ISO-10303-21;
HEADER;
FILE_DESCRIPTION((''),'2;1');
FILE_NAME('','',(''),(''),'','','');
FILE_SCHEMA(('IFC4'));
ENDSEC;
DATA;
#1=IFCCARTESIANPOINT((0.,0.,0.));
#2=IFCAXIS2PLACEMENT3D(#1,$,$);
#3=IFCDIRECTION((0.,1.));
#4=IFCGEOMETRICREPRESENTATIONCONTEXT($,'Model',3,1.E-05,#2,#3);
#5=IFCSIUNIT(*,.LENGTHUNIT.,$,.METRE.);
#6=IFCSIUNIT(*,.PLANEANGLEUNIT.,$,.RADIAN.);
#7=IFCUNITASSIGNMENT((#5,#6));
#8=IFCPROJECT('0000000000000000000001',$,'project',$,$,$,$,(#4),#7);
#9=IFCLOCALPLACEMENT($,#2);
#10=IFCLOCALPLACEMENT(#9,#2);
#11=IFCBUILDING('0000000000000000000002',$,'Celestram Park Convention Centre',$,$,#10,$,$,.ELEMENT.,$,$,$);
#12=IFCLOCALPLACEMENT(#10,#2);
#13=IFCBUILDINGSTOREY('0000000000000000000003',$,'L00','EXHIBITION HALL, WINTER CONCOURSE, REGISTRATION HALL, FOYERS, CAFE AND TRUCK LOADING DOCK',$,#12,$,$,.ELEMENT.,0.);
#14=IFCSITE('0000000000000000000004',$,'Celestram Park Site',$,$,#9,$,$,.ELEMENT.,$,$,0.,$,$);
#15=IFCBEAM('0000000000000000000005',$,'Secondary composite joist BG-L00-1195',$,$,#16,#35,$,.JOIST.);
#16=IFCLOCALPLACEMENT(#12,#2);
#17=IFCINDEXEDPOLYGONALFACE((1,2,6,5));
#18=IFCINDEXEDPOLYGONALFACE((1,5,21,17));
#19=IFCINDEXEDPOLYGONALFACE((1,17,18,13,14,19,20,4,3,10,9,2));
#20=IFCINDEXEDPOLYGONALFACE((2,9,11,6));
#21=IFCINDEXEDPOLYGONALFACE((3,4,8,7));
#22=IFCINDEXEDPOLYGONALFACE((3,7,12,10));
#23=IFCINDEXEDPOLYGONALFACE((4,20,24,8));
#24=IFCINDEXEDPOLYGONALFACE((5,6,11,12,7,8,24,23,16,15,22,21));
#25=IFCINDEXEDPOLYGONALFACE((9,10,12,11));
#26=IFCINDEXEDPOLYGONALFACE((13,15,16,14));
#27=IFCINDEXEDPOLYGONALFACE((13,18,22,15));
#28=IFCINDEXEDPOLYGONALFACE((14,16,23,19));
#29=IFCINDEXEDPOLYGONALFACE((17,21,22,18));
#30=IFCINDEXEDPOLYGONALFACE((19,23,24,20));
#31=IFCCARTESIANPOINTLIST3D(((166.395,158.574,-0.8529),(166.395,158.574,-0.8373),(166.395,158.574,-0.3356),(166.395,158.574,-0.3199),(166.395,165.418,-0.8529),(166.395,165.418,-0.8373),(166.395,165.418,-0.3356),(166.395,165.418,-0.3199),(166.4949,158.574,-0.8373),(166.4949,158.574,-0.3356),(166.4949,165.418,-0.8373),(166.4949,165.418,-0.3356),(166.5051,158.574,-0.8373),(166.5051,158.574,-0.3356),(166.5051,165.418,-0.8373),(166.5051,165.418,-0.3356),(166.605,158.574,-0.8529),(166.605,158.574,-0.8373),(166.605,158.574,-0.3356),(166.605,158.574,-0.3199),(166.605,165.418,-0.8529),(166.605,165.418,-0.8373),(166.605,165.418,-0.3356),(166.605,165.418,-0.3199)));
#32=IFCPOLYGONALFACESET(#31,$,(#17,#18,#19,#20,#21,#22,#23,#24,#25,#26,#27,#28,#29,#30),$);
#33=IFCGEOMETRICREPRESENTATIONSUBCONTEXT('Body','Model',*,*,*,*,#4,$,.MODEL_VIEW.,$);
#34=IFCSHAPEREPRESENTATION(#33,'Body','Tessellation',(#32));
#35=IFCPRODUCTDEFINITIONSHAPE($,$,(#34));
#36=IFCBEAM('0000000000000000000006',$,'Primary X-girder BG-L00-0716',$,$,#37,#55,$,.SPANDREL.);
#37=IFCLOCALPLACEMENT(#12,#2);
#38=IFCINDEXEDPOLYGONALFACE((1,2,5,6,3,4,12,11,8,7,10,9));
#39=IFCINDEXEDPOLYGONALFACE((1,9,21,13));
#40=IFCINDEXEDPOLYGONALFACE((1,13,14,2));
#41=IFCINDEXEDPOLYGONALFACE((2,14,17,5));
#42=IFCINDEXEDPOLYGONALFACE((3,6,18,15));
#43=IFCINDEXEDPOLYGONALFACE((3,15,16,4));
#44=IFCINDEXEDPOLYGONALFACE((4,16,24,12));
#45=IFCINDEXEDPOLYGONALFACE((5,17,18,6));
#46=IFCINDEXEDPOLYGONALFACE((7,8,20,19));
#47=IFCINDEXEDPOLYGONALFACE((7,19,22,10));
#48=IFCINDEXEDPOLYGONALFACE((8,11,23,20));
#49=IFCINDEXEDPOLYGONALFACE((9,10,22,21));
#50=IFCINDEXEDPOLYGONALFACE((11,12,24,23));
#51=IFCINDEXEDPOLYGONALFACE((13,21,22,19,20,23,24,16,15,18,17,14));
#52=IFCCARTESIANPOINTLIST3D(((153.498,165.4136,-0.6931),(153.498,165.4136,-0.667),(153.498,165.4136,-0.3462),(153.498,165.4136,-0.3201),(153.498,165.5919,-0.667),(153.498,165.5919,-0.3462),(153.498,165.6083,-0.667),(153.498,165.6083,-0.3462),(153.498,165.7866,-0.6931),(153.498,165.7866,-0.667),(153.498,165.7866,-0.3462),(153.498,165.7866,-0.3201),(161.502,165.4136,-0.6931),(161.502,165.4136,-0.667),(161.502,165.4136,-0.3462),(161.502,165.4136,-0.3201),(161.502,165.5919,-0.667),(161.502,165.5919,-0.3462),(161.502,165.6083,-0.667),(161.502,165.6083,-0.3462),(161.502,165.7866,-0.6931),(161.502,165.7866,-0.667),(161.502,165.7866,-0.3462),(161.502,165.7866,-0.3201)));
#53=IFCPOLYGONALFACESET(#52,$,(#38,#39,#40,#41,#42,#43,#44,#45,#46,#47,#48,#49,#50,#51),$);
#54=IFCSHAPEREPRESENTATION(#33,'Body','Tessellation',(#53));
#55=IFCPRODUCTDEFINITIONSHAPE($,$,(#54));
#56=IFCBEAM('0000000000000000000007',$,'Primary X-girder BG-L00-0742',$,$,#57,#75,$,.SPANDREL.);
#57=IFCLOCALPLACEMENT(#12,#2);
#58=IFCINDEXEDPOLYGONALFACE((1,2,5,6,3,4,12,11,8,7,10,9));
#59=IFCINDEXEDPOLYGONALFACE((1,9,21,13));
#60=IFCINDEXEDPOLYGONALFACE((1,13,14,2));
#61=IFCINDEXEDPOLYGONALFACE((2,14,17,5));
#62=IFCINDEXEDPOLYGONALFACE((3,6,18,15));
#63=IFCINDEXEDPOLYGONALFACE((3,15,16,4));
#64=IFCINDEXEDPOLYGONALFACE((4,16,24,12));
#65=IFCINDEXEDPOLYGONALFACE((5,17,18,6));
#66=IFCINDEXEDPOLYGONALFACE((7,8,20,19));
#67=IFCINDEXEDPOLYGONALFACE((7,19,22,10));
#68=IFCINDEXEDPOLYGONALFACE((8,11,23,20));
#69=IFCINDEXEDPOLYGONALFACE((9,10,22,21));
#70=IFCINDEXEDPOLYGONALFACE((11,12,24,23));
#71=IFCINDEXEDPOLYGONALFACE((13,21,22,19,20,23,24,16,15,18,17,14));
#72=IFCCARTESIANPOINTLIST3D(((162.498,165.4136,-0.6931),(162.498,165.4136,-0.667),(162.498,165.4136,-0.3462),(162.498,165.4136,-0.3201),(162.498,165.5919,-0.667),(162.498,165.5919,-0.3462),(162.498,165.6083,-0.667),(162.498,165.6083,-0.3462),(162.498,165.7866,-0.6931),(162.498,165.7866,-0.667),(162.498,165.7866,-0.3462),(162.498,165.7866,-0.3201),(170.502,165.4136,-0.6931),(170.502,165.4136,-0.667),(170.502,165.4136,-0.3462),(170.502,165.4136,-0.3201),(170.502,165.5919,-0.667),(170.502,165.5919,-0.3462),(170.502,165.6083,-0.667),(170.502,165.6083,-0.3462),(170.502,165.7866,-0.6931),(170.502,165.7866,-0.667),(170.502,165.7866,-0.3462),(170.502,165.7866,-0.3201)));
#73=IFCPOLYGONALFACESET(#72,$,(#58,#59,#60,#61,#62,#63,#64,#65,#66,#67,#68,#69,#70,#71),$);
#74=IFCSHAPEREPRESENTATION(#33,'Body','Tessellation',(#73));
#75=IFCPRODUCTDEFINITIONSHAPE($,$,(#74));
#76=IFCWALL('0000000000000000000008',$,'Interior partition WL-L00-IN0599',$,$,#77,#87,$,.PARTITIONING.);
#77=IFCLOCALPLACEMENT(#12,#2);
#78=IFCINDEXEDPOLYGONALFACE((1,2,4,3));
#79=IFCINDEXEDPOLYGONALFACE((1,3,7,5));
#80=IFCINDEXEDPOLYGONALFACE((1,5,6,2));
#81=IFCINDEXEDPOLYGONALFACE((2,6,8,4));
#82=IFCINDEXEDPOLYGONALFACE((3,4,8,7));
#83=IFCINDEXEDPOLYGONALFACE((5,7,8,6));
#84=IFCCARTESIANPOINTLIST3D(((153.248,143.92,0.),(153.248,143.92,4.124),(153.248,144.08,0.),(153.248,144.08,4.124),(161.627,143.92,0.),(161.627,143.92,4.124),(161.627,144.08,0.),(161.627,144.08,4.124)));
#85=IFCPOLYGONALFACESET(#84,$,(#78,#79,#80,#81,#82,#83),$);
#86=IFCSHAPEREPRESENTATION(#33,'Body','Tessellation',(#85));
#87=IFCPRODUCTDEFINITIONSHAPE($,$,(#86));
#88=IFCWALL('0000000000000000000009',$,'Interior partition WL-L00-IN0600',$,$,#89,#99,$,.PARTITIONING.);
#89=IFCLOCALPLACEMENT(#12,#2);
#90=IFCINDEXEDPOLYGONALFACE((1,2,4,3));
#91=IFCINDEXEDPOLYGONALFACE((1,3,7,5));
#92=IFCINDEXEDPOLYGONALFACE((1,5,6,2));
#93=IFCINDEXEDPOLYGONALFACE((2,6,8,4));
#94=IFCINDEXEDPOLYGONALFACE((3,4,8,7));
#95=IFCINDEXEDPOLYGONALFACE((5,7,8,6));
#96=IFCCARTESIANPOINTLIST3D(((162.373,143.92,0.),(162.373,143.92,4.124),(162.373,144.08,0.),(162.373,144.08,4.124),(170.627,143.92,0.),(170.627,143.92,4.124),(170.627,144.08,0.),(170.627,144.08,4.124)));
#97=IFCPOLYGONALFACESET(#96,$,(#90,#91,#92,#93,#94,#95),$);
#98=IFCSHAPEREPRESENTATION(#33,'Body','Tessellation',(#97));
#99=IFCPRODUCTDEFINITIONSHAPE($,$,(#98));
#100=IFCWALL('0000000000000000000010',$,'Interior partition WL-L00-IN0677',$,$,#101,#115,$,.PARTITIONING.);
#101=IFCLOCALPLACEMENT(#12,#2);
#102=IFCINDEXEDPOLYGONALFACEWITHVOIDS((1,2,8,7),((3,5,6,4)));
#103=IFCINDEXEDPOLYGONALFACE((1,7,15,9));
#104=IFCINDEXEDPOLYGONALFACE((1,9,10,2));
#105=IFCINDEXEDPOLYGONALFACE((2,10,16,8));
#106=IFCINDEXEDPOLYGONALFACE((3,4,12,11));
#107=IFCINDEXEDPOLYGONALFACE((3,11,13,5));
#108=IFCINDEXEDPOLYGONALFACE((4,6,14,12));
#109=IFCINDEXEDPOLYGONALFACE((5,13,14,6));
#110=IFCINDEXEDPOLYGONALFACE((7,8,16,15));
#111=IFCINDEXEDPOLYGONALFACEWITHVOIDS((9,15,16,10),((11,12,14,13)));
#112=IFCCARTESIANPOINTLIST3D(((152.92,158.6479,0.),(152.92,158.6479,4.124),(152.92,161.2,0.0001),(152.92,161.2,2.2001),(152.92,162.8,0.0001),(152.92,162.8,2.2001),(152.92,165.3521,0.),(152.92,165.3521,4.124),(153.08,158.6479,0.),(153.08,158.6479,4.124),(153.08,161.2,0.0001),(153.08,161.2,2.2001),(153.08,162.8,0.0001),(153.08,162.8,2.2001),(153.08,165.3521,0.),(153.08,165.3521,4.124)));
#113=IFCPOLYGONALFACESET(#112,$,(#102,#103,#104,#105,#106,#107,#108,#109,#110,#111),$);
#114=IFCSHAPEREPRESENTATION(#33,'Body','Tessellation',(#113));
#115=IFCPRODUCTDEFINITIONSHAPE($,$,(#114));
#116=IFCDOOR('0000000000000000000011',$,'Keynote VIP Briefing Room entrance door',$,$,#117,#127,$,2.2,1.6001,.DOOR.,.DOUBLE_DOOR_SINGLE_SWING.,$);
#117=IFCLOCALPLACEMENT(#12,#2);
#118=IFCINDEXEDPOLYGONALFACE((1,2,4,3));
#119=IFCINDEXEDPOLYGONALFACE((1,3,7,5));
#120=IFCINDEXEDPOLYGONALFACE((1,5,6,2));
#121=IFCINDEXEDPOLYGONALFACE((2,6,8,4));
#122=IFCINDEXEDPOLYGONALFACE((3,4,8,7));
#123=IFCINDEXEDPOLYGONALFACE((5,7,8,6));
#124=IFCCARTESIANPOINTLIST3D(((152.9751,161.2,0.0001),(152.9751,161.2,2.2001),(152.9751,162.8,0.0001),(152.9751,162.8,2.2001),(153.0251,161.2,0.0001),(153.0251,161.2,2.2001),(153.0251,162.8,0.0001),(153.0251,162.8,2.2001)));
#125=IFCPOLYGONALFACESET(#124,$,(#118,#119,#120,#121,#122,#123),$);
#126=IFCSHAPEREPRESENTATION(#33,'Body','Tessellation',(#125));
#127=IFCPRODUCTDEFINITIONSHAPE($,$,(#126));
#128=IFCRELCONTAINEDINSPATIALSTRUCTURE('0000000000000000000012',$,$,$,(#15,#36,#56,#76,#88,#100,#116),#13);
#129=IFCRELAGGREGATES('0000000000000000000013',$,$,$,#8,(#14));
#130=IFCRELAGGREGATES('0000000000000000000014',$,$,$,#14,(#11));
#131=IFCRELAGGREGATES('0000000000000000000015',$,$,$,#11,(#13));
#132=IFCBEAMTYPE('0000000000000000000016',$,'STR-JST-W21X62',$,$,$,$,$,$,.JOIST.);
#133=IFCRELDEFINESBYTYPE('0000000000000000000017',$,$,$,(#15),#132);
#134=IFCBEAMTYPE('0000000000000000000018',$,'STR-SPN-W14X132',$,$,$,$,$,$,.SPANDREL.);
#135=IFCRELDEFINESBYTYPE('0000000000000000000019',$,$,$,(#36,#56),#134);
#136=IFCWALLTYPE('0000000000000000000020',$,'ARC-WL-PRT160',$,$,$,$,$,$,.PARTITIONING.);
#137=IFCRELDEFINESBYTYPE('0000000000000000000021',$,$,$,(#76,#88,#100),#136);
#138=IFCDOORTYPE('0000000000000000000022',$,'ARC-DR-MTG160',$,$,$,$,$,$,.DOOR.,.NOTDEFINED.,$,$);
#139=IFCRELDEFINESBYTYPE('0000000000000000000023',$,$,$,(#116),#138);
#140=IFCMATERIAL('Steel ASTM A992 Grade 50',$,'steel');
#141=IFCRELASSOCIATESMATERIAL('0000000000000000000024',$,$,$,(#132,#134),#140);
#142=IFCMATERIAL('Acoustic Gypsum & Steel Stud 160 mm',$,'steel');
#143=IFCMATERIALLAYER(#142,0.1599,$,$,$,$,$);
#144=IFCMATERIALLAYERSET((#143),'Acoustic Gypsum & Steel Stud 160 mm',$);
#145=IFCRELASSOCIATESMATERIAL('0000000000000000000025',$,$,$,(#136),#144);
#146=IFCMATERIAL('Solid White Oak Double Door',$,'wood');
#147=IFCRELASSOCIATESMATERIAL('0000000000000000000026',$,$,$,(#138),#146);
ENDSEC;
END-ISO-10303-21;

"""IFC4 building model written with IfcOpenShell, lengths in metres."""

from ifc_helpers import new_model, si_unit, direction, frame, frame_2d, origin, origin_2d, place, context, subcontext, project, spatial, rectangle, i_section, extrude, material, layer, layer_set, material_profile, profile_set, type_object, element, fill, save


model = new_model("IFC4")

# Units and contexts
model_context = context("Model", 3, precision=1e-05, world=origin(), true_north=direction((0.0, 1.0)))
body_context = subcontext(model_context, "Body", "Model", "MODEL_VIEW")
ifc_project = project(units=[si_unit("LENGTHUNIT", "METRE"), si_unit("PLANEANGLEUNIT", "RADIAN")], contexts=[model_context])

# Site, building, storey
site_placement = place(None, origin())
site = spatial("IfcSite", under=ifc_project, at=site_placement, Name="Celestram Park Site", CompositionType="ELEMENT", RefElevation=0.0)
building_placement = place(site_placement, origin())
building = spatial("IfcBuilding", under=site, at=building_placement, Name="Celestram Park Convention Centre", CompositionType="ELEMENT")
storey_placement = place(building_placement, origin())
storey = spatial("IfcBuildingStorey", under=building, at=storey_placement, Name="L00", Description="EXHIBITION HALL, WINTER CONCOURSE, REGISTRATION HALL, FOYERS, CAFE AND TRUCK LOADING DOCK", CompositionType="ELEMENT", Elevation=0.0)

# Beams
ifc_material_1 = material(Name="Steel ASTM A992 Grade 50", Category="steel")
ifc_material_profile_1 = material_profile(ifc_material_1, i_section(OverallWidth=0.21, OverallDepth=0.533, WebThickness=0.0103, FlangeThickness=0.0156, at=origin_2d()), Name="W21X62")
ifc_profile_set_1 = profile_set([ifc_material_profile_1], Name="Steel ASTM A992 Grade 50")
beam_type_1 = type_object("IfcBeamType", Name="STR-JST-W21X62", PredefinedType="JOIST", material=ifc_profile_set_1)
beam_1_placement = place(storey_placement, frame((166.5, 158.574, -0.5864), z_axis=(0.0, 1.0, 0.0), x_axis=(-1.0, 0.0, 0.0)))
element("IfcBeam", 1, at=beam_1_placement, inside=storey, type_object=beam_type_1, Name="Secondary composite joist BG-L00-1195", PredefinedType="JOIST", context=body_context, shape_type="SweptSolid", body=[
    extrude(i_section(OverallWidth=0.21, OverallDepth=0.533, WebThickness=0.0103, FlangeThickness=0.0156, at=origin_2d()), origin(), (0.0, 0.0, 1.0), 6.844),
])
ifc_material_profile_2 = material_profile(ifc_material_1, i_section(OverallWidth=0.373, OverallDepth=0.373, WebThickness=0.0164, FlangeThickness=0.0261, at=origin_2d()), Name="W14X132")
ifc_profile_set_2 = profile_set([ifc_material_profile_2], Name="Steel ASTM A992 Grade 50")
beam_type_2 = type_object("IfcBeamType", Name="STR-SPN-W14X132", PredefinedType="SPANDREL", material=ifc_profile_set_2)
for number, where, z_axis, x_axis, name in (
    (2, (153.498, 165.6001, -0.5066), (1.0, 0.0, 0.0), (0.0, 1.0, 0.0), "Primary X-girder BG-L00-0716"),
    (3, (162.498, 165.6001, -0.5066), (1.0, 0.0, 0.0), (0.0, 1.0, 0.0), "Primary X-girder BG-L00-0742"),
):
    element("IfcBeam", number, at=place(storey_placement, frame(where, z_axis=z_axis, x_axis=x_axis)), inside=storey, type_object=beam_type_2, Name=name, PredefinedType="SPANDREL", context=body_context, shape_type="SweptSolid", body=[
        extrude(i_section(OverallWidth=0.373, OverallDepth=0.373, WebThickness=0.0164, FlangeThickness=0.0261, at=origin_2d()), origin(), (0.0, 0.0, 1.0), 8.0039),
    ])

# Walls
ifc_material_2 = material(Name="Acoustic Gypsum & Steel Stud 160 mm", Category="steel")
ifc_layer_1 = layer(ifc_material_2, 0.1599)
ifc_layer_set_1 = layer_set([ifc_layer_1], Name="Acoustic Gypsum & Steel Stud 160 mm")
wall_type_1 = type_object("IfcWallType", Name="ARC-WL-PRT160", PredefinedType="PARTITIONING", material=ifc_layer_set_1)
wall_1_placement = place(storey_placement, frame((153.248, 144.0, 0.0), z_axis=(0.0, 0.0, 1.0), x_axis=(1.0, 0.0, 0.0)))
element("IfcWall", 4, at=wall_1_placement, inside=storey, type_object=wall_type_1, Name="Interior partition WL-L00-IN0599", PredefinedType="PARTITIONING", context=body_context, shape_type="SweptSolid", body=[
    extrude(rectangle(XDim=8.3789, YDim=0.1599, at=frame_2d((4.1895, 0.0))), origin(), (0.0, 0.0, 1.0), 4.124),
])
wall_2_placement = place(storey_placement, frame((162.373, 144.0, 0.0), z_axis=(0.0, 0.0, 1.0), x_axis=(1.0, 0.0, 0.0)))
element("IfcWall", 5, at=wall_2_placement, inside=storey, type_object=wall_type_1, Name="Interior partition WL-L00-IN0600", PredefinedType="PARTITIONING", context=body_context, shape_type="SweptSolid", body=[
    extrude(rectangle(XDim=8.2539, YDim=0.1599, at=frame_2d((4.127, 0.0))), origin(), (0.0, 0.0, 1.0), 4.124),
])

# Wall, opening, door
wall_3_placement = place(storey_placement, frame((153.0, 158.6479, 0.0), z_axis=(0.0, 0.0, 1.0), x_axis=(0.0, 1.0, 0.0)))
wall_3 = element("IfcWall", 6, at=wall_3_placement, inside=storey, type_object=wall_type_1, Name="Interior partition WL-L00-IN0677", PredefinedType="PARTITIONING", context=body_context, shape_type="SweptSolid", body=[
    extrude(rectangle(XDim=6.7041, YDim=0.1599, at=frame_2d((3.3521, 0.0))), origin(), (0.0, 0.0, 1.0), 4.124),
])
opening_1_placement = place(wall_3_placement, frame((2.552, 0.0, 0.0)))
opening_1 = element("IfcOpeningElement", 7, at=opening_1_placement, cuts=wall_3, PredefinedType="OPENING", context=body_context, shape_type="SweptSolid", body=[
    extrude(rectangle(XDim=1.6001, YDim=2.2, at=frame_2d((0.8, 1.1001))), frame((0.0, 0.0898, 0.0), z_axis=(0.0, -1.0, 0.0), x_axis=(1.0, 0.0, 0.0)), (0.0, 0.0, 1.0), 0.1799),
])
ifc_material_3 = material(Name="Solid White Oak Double Door", Category="wood")
door_type_1 = type_object("IfcDoorType", Name="ARC-DR-MTG160", OperationType="NOTDEFINED", PredefinedType="DOOR", material=ifc_material_3)
door_1_placement = place(opening_1_placement, origin())
door_1 = element("IfcDoor", 8, at=door_1_placement, inside=storey, type_object=door_type_1, Name="Keynote VIP Briefing Room entrance door", OperationType="DOUBLE_DOOR_SINGLE_SWING", OverallHeight=2.2, OverallWidth=1.6001, PredefinedType="DOOR", context=body_context, shape_type="SweptSolid", body=[
    extrude(rectangle(XDim=1.6001, YDim=2.2, at=frame_2d((0.8, 1.1001))), frame((0.0, 0.0249, 0.0), z_axis=(0.0, -1.0, 0.0), x_axis=(1.0, 0.0, 0.0)), (0.0, 0.0, 1.0), 0.05),
])
fill(opening_1, door_1)

save(model, "model.ifc")
